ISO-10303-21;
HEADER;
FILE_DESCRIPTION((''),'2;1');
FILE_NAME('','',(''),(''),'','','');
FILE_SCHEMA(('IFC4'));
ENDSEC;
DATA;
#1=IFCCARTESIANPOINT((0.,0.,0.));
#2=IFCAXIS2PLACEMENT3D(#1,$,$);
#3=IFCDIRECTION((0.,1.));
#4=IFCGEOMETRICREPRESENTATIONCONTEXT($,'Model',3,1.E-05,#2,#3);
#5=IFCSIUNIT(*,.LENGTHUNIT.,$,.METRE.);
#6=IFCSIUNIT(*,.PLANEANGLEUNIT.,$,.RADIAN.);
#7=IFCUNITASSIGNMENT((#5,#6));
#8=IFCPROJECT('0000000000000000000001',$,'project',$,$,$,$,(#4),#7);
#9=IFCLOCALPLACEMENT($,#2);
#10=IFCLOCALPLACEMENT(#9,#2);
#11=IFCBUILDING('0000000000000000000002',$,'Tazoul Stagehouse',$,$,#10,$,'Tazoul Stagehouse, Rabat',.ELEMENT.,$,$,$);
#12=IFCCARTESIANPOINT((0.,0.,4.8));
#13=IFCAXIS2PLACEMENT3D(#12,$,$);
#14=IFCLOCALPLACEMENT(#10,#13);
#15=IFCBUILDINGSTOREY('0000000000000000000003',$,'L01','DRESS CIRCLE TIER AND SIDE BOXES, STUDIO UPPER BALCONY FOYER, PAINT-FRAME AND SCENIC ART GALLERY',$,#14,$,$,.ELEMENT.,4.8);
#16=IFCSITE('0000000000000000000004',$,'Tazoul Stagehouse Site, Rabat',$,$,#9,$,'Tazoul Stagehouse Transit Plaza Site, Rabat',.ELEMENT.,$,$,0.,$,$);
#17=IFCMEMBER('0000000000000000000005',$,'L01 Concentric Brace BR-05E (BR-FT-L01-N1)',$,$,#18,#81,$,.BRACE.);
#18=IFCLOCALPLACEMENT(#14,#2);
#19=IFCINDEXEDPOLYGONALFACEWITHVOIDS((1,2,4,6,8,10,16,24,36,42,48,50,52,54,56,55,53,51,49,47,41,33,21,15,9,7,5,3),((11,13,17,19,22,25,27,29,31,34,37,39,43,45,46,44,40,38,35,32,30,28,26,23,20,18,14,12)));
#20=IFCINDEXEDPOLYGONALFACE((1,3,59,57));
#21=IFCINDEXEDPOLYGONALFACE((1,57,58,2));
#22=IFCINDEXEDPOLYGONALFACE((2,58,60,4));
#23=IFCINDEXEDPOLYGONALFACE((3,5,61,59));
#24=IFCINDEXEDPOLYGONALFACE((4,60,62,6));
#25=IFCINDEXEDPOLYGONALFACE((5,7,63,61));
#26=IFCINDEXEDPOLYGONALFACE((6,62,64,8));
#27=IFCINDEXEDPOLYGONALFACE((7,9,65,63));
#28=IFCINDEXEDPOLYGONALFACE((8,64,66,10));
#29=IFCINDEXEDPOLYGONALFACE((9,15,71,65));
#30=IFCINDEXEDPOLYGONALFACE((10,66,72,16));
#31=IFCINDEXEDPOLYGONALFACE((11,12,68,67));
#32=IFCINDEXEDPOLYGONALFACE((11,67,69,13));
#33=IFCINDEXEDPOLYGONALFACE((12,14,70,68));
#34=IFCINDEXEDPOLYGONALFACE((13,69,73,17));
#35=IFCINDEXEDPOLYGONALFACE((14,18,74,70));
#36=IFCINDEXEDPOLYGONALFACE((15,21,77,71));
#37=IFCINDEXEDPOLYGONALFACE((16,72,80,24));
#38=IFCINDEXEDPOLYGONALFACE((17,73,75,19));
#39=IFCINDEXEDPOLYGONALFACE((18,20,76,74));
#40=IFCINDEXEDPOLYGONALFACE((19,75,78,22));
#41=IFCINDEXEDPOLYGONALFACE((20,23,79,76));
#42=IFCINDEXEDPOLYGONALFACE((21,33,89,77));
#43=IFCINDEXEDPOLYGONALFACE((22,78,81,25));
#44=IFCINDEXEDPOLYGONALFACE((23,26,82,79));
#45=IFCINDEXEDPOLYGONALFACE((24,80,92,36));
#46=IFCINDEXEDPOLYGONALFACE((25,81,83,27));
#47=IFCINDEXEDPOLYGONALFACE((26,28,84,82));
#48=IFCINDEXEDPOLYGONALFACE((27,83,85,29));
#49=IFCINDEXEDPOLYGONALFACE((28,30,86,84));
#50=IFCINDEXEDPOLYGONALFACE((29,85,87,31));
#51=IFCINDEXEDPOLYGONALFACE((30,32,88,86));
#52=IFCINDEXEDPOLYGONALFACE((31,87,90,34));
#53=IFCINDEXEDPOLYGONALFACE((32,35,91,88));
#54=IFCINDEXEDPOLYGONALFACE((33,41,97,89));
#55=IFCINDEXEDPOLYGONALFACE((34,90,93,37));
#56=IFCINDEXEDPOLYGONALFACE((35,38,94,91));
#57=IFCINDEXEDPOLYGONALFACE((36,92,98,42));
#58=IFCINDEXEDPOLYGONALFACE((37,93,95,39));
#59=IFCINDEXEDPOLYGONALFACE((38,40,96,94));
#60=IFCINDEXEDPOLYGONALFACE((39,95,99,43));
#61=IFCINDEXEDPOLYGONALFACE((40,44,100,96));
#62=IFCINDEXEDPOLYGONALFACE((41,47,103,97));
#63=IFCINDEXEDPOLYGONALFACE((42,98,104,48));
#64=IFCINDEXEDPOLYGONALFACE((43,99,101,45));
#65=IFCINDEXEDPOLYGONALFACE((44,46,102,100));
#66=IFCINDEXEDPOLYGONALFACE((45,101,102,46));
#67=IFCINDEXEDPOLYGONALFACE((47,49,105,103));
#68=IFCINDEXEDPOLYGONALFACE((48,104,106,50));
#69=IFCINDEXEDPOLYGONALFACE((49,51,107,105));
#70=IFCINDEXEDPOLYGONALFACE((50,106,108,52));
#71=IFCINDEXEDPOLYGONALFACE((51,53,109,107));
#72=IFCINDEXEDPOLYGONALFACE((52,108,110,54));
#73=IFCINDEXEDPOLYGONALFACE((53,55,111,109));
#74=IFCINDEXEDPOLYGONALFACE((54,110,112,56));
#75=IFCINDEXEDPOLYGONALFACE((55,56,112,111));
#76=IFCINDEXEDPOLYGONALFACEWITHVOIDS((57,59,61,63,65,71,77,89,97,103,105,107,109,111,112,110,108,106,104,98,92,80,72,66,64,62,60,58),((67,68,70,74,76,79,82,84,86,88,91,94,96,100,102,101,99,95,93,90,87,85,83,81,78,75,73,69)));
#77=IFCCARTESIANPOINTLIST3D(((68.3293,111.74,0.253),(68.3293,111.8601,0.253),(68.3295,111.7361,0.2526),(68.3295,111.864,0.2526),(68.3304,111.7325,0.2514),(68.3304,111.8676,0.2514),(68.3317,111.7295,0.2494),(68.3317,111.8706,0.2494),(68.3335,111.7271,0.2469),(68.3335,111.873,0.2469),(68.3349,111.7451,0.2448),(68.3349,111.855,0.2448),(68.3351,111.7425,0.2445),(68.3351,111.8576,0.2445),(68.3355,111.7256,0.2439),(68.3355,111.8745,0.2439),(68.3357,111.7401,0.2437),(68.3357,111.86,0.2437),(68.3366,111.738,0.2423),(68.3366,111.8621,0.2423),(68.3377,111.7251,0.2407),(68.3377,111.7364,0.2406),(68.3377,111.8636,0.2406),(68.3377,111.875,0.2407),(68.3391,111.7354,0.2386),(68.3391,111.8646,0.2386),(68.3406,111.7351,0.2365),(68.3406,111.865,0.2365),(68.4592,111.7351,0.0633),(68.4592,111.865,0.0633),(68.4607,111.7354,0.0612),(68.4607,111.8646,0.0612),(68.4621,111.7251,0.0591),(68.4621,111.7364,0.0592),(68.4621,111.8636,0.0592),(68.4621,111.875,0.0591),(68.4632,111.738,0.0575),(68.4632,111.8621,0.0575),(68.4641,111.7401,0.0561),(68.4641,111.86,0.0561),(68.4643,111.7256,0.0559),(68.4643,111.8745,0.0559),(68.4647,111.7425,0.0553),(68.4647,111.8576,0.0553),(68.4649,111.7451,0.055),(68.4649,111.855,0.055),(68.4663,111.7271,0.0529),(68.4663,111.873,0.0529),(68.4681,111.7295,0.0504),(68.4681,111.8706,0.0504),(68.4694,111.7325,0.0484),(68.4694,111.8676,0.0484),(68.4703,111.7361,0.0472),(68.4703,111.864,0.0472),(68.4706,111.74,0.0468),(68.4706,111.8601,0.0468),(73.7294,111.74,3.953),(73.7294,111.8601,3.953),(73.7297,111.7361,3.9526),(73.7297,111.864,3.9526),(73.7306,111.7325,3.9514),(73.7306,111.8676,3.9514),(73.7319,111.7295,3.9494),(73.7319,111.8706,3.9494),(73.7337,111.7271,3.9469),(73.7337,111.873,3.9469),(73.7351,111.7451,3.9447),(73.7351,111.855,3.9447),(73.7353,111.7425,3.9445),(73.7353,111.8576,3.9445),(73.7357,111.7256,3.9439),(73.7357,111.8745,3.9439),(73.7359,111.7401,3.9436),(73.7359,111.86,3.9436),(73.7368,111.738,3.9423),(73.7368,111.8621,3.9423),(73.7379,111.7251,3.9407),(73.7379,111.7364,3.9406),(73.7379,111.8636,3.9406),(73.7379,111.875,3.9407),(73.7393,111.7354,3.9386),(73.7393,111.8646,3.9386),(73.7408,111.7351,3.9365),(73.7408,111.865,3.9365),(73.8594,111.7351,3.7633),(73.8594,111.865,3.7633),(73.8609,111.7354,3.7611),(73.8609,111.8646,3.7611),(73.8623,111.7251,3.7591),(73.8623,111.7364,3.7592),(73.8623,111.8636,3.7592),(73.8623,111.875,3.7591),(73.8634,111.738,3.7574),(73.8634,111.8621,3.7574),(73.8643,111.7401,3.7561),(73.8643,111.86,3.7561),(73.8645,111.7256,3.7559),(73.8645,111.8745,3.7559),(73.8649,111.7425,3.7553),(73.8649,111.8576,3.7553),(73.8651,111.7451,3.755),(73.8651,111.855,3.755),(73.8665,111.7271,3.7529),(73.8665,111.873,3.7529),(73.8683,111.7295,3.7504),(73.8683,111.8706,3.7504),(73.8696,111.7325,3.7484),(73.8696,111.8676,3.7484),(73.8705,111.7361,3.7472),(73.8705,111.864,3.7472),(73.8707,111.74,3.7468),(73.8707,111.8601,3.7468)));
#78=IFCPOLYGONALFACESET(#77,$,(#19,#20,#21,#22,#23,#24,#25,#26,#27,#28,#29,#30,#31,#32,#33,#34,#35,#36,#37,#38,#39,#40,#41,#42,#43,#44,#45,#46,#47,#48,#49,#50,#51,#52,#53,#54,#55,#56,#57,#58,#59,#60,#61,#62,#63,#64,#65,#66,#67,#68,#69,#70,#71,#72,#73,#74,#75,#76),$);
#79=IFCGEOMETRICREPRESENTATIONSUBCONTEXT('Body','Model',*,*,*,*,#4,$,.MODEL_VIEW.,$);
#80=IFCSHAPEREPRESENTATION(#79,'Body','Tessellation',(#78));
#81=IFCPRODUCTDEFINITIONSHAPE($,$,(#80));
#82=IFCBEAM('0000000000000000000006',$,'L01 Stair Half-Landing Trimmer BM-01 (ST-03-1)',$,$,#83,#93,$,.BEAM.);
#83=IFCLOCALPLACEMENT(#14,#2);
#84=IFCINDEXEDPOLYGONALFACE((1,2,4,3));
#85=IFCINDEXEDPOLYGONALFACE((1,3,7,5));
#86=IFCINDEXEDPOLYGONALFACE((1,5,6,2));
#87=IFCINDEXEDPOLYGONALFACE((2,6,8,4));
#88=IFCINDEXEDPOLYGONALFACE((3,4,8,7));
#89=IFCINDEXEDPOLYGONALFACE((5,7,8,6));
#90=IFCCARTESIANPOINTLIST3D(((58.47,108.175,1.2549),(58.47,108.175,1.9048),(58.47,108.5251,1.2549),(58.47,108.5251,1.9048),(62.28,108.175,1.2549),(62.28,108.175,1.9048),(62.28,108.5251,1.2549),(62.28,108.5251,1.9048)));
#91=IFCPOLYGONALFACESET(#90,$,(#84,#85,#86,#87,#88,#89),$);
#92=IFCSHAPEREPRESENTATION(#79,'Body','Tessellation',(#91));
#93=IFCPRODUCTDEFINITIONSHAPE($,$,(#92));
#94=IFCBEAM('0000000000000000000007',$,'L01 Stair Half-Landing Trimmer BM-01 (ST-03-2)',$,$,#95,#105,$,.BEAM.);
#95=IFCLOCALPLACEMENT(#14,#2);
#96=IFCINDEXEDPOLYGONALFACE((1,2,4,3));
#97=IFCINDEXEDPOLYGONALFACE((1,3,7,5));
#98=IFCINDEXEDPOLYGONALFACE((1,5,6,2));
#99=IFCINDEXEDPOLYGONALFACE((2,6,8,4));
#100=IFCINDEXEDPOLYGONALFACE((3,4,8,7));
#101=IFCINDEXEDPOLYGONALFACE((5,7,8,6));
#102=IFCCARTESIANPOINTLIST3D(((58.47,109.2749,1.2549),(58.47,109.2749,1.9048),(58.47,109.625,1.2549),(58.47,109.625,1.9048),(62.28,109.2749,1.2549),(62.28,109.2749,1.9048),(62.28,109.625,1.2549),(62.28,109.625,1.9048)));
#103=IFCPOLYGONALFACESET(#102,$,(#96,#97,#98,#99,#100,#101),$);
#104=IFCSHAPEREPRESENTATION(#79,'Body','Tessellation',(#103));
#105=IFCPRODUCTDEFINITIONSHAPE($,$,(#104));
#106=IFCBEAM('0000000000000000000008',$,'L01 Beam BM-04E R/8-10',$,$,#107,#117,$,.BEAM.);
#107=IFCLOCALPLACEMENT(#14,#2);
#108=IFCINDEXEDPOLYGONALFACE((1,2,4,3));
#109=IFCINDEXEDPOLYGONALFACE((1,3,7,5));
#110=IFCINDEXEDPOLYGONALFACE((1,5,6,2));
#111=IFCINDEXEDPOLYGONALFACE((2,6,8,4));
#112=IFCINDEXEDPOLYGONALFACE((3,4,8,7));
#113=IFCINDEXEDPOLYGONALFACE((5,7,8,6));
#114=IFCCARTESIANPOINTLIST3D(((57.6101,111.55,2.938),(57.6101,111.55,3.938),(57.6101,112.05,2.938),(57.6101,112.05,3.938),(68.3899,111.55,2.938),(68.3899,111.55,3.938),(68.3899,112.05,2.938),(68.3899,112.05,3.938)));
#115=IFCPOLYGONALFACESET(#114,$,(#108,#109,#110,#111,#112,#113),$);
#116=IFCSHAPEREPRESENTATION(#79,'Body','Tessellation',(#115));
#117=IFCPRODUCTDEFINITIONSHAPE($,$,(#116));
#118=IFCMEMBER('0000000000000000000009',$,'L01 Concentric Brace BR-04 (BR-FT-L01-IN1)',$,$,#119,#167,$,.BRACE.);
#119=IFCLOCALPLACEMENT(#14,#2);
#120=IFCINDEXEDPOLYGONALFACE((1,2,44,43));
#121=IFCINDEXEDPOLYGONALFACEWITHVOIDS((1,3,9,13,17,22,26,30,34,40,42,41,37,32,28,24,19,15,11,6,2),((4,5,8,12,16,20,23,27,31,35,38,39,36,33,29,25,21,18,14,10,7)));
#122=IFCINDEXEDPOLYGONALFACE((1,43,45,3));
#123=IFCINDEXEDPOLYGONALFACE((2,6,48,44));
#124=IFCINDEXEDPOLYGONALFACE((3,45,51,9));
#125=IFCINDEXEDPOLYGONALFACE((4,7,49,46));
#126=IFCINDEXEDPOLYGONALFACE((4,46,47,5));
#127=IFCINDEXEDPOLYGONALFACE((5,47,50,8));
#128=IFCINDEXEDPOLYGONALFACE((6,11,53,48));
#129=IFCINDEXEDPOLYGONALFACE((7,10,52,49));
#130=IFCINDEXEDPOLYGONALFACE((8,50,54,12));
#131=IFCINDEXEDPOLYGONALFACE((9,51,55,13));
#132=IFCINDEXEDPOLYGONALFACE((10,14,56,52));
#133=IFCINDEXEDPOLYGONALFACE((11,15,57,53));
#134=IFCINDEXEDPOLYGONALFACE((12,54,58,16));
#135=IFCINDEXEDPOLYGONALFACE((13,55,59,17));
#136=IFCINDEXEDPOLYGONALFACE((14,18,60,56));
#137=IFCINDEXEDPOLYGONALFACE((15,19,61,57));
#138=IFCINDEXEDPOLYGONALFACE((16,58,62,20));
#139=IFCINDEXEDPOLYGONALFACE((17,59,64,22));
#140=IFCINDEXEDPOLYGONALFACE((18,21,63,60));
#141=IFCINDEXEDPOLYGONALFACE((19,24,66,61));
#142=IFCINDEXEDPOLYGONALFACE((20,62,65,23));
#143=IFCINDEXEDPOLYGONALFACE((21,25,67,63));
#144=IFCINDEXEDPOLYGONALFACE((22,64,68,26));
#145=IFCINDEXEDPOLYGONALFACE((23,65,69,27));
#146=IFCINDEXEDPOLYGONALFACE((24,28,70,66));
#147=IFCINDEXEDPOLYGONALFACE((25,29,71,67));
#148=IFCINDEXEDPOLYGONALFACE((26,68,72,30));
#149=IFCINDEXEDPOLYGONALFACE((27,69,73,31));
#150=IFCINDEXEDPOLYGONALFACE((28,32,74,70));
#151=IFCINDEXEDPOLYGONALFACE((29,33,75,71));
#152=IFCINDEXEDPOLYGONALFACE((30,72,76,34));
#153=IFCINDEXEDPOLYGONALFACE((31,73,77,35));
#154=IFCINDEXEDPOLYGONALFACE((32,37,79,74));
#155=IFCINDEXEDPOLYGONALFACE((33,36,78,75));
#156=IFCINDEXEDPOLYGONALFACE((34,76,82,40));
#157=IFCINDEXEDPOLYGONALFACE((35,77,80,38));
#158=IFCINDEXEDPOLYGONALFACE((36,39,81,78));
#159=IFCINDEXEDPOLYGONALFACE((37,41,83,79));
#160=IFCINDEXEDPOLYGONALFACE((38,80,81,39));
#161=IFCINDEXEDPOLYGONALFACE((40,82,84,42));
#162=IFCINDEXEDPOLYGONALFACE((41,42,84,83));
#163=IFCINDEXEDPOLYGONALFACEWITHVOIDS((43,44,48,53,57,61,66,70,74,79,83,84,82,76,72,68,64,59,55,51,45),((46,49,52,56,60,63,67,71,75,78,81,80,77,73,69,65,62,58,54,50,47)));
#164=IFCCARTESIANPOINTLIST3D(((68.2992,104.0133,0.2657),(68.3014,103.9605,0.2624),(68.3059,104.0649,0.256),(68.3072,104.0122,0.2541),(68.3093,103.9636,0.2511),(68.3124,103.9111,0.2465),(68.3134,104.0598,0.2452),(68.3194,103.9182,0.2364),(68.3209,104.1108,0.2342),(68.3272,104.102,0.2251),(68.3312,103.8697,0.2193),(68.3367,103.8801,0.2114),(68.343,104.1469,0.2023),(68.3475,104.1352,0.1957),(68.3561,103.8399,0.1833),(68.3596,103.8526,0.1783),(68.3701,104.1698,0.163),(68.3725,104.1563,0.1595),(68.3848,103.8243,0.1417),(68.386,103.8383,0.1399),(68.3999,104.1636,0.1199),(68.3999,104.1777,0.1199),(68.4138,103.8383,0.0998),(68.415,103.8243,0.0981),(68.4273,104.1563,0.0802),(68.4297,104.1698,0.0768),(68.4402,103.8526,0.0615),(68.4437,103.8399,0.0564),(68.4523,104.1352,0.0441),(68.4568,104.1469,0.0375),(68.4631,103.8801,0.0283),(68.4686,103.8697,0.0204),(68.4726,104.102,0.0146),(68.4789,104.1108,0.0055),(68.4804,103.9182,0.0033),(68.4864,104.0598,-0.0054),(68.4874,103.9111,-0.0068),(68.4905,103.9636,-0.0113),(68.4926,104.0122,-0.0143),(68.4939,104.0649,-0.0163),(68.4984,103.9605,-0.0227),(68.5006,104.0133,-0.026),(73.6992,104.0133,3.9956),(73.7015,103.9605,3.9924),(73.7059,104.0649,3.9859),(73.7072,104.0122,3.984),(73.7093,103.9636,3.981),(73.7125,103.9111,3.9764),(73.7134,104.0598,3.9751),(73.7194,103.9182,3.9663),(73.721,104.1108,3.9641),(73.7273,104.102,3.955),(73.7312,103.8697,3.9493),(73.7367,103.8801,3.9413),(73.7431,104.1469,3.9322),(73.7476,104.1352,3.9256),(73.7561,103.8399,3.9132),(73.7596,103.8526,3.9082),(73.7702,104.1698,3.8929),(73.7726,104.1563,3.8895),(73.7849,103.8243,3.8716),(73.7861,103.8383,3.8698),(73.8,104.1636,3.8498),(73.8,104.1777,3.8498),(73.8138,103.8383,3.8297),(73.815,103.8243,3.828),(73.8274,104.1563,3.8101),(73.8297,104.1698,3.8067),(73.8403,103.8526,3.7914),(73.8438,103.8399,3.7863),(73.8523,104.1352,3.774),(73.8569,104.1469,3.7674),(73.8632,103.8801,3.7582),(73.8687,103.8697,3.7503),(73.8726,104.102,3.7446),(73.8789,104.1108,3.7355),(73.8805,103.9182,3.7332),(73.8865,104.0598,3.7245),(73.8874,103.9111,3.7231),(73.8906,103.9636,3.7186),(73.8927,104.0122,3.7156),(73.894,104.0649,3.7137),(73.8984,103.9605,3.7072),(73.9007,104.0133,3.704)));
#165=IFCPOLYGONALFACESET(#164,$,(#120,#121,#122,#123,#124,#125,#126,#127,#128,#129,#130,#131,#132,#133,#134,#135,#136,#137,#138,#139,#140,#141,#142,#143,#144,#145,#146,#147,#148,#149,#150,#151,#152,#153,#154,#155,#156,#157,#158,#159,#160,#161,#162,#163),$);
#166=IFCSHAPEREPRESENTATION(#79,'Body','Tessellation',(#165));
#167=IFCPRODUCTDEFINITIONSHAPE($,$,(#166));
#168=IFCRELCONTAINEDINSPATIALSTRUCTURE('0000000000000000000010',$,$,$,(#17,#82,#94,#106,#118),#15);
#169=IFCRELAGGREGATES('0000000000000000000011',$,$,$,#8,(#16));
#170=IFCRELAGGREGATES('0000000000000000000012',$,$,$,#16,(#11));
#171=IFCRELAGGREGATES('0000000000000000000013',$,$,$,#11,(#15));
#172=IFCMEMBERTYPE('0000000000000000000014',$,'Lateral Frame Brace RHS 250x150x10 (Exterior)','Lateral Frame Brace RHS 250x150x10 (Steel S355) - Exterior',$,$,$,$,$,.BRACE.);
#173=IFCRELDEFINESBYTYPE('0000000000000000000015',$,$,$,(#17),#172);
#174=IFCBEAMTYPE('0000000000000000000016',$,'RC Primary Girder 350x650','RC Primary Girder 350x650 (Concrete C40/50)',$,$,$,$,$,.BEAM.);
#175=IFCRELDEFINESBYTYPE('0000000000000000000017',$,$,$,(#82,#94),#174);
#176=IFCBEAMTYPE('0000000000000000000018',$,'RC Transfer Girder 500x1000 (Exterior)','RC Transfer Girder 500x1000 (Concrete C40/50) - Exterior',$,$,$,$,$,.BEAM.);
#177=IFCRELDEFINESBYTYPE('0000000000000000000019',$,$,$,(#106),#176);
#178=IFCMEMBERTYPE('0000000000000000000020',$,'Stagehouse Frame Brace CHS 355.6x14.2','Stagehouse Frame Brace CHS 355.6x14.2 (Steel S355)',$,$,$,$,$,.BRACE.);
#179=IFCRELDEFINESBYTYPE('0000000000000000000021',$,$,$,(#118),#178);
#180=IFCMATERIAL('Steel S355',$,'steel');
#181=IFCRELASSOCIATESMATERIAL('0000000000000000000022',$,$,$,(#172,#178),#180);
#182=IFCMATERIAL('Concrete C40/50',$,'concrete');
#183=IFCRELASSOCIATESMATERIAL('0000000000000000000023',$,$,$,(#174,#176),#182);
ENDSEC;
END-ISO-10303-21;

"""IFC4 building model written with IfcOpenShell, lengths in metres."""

from ifc_helpers import new_model, si_unit, direction, frame, origin, origin_2d, place, context, subcontext, project, spatial, rectangle, hollow_rectangle, hollow_circle, extrude, material, material_profile, profile_set, type_object, element, save


model = new_model("IFC4")

# Units and contexts
model_context = context("Model", 3, precision=1e-05, world=origin(), true_north=direction((0.0, 1.0)))
body_context = subcontext(model_context, "Body", "Model", "MODEL_VIEW")
ifc_project = project(units=[si_unit("LENGTHUNIT", "METRE"), si_unit("PLANEANGLEUNIT", "RADIAN")], contexts=[model_context])

# Site, building, storey
site_placement = place(None, origin())
site = spatial("IfcSite", under=ifc_project, at=site_placement, Name="Tazoul Stagehouse Site, Rabat", LongName="Tazoul Stagehouse Transit Plaza Site, Rabat", CompositionType="ELEMENT", RefElevation=0.0)
building_placement = place(site_placement, origin())
building = spatial("IfcBuilding", under=site, at=building_placement, Name="Tazoul Stagehouse", LongName="Tazoul Stagehouse, Rabat", CompositionType="ELEMENT")
storey_placement = place(building_placement, frame((0.0, 0.0, 4.8)))
storey = spatial("IfcBuildingStorey", under=building, at=storey_placement, Name="L01", Description="DRESS CIRCLE TIER AND SIDE BOXES, STUDIO UPPER BALCONY FOYER, PAINT-FRAME AND SCENIC ART GALLERY", CompositionType="ELEMENT", Elevation=4.8)

# Shared definitions
ifc_material_1 = material(Name="Steel S355", Category="steel")

# Member
ifc_material_profile_1 = material_profile(ifc_material_1, hollow_rectangle(XDim=0.1499, YDim=0.25, WallThickness=0.01, InnerFilletRadius=0.01, OuterFilletRadius=0.0149, at=origin_2d()), Name="RHS 250x150x10")
ifc_profile_set_1 = profile_set([ifc_material_profile_1], Name="Steel S355")
member_type_1 = type_object("IfcMemberType", Name="Lateral Frame Brace RHS 250x150x10 (Exterior)", Description="Lateral Frame Brace RHS 250x150x10 (Steel S355) - Exterior", PredefinedType="BRACE", material=ifc_profile_set_1)
member_1_placement = place(storey_placement, frame((68.3999, 111.8, 0.1499), z_axis=(0.824943, 0.0, 0.565216), x_axis=(0.0, 1.0, 0.0)))
element("IfcMember", 1, at=member_1_placement, inside=storey, type_object=member_type_1, Name="L01 Concentric Brace BR-05E (BR-FT-L01-N1)", PredefinedType="BRACE", context=body_context, shape_type="SweptSolid", body=[
    extrude(hollow_rectangle(XDim=0.1499, YDim=0.25, WallThickness=0.01, InnerFilletRadius=0.01, OuterFilletRadius=0.0149, at=origin_2d()), origin(), (0.0, 0.0, 1.0), 6.5461),
])

# Beams
ifc_material_2 = material(Name="Concrete C40/50", Category="concrete")
ifc_material_profile_2 = material_profile(ifc_material_2, rectangle(XDim=0.3501, YDim=0.6499, at=origin_2d()), Name="RC 350x650")
ifc_profile_set_2 = profile_set([ifc_material_profile_2], Name="Concrete C40/50")
beam_type_1 = type_object("IfcBeamType", Name="RC Primary Girder 350x650", Description="RC Primary Girder 350x650 (Concrete C40/50)", PredefinedType="BEAM", material=ifc_profile_set_2)
for number, where, z_axis, x_axis, name in (
    (2, (58.47, 108.3501, 1.5798), (1.0, 0.0, 0.0), (0.0, 1.0, 0.0), "L01 Stair Half-Landing Trimmer BM-01 (ST-03-1)"),
    (3, (58.47, 109.45, 1.5798), (1.0, 0.0, 0.0), (0.0, 1.0, 0.0), "L01 Stair Half-Landing Trimmer BM-01 (ST-03-2)"),
):
    element("IfcBeam", number, at=place(storey_placement, frame(where, z_axis=z_axis, x_axis=x_axis)), inside=storey, type_object=beam_type_1, Name=name, PredefinedType="BEAM", context=body_context, shape_type="SweptSolid", body=[
        extrude(rectangle(XDim=0.3501, YDim=0.6499, at=origin_2d()), origin(), (0.0, 0.0, 1.0), 3.8101),
    ])
ifc_material_profile_3 = material_profile(ifc_material_2, rectangle(XDim=0.5, YDim=1.0, at=origin_2d()), Name="RC 500x1000")
ifc_profile_set_3 = profile_set([ifc_material_profile_3], Name="Concrete C40/50")
beam_type_2 = type_object("IfcBeamType", Name="RC Transfer Girder 500x1000 (Exterior)", Description="RC Transfer Girder 500x1000 (Concrete C40/50) - Exterior", PredefinedType="BEAM", material=ifc_profile_set_3)
beam_1_placement = place(storey_placement, frame((57.6101, 111.8, 3.438), z_axis=(1.0, 0.0, 0.0), x_axis=(0.0, 1.0, 0.0)))
element("IfcBeam", 4, at=beam_1_placement, inside=storey, type_object=beam_type_2, Name="L01 Beam BM-04E R/8-10", PredefinedType="BEAM", context=body_context, shape_type="SweptSolid", body=[
    extrude(rectangle(XDim=0.5, YDim=1.0, at=origin_2d()), origin(), (0.0, 0.0, 1.0), 10.7798),
])

# Member
ifc_material_profile_4 = material_profile(ifc_material_1, hollow_circle(Radius=0.1777, WallThickness=0.0142, at=origin_2d()), Name="CHS 355.6x14.2")
ifc_profile_set_4 = profile_set([ifc_material_profile_4], Name="Steel S355")
member_type_2 = type_object("IfcMemberType", Name="Stagehouse Frame Brace CHS 355.6x14.2", Description="Stagehouse Frame Brace CHS 355.6x14.2 (Steel S355)", PredefinedType="BRACE", material=ifc_profile_set_4)
member_2_placement = place(storey_placement, frame((68.3999, 104.0, 0.1199), z_axis=(0.822804, 0.0, 0.568326), x_axis=(0.0, 1.0, 0.0)))
element("IfcMember", 5, at=member_2_placement, inside=storey, type_object=member_type_2, Name="L01 Concentric Brace BR-04 (BR-FT-L01-IN1)", PredefinedType="BRACE", context=body_context, shape_type="SweptSolid", body=[
    extrude(hollow_circle(Radius=0.1777, WallThickness=0.0142, at=origin_2d()), origin(), (0.0, 0.0, 1.0), 6.563),
])

save(model, "model.ifc")
